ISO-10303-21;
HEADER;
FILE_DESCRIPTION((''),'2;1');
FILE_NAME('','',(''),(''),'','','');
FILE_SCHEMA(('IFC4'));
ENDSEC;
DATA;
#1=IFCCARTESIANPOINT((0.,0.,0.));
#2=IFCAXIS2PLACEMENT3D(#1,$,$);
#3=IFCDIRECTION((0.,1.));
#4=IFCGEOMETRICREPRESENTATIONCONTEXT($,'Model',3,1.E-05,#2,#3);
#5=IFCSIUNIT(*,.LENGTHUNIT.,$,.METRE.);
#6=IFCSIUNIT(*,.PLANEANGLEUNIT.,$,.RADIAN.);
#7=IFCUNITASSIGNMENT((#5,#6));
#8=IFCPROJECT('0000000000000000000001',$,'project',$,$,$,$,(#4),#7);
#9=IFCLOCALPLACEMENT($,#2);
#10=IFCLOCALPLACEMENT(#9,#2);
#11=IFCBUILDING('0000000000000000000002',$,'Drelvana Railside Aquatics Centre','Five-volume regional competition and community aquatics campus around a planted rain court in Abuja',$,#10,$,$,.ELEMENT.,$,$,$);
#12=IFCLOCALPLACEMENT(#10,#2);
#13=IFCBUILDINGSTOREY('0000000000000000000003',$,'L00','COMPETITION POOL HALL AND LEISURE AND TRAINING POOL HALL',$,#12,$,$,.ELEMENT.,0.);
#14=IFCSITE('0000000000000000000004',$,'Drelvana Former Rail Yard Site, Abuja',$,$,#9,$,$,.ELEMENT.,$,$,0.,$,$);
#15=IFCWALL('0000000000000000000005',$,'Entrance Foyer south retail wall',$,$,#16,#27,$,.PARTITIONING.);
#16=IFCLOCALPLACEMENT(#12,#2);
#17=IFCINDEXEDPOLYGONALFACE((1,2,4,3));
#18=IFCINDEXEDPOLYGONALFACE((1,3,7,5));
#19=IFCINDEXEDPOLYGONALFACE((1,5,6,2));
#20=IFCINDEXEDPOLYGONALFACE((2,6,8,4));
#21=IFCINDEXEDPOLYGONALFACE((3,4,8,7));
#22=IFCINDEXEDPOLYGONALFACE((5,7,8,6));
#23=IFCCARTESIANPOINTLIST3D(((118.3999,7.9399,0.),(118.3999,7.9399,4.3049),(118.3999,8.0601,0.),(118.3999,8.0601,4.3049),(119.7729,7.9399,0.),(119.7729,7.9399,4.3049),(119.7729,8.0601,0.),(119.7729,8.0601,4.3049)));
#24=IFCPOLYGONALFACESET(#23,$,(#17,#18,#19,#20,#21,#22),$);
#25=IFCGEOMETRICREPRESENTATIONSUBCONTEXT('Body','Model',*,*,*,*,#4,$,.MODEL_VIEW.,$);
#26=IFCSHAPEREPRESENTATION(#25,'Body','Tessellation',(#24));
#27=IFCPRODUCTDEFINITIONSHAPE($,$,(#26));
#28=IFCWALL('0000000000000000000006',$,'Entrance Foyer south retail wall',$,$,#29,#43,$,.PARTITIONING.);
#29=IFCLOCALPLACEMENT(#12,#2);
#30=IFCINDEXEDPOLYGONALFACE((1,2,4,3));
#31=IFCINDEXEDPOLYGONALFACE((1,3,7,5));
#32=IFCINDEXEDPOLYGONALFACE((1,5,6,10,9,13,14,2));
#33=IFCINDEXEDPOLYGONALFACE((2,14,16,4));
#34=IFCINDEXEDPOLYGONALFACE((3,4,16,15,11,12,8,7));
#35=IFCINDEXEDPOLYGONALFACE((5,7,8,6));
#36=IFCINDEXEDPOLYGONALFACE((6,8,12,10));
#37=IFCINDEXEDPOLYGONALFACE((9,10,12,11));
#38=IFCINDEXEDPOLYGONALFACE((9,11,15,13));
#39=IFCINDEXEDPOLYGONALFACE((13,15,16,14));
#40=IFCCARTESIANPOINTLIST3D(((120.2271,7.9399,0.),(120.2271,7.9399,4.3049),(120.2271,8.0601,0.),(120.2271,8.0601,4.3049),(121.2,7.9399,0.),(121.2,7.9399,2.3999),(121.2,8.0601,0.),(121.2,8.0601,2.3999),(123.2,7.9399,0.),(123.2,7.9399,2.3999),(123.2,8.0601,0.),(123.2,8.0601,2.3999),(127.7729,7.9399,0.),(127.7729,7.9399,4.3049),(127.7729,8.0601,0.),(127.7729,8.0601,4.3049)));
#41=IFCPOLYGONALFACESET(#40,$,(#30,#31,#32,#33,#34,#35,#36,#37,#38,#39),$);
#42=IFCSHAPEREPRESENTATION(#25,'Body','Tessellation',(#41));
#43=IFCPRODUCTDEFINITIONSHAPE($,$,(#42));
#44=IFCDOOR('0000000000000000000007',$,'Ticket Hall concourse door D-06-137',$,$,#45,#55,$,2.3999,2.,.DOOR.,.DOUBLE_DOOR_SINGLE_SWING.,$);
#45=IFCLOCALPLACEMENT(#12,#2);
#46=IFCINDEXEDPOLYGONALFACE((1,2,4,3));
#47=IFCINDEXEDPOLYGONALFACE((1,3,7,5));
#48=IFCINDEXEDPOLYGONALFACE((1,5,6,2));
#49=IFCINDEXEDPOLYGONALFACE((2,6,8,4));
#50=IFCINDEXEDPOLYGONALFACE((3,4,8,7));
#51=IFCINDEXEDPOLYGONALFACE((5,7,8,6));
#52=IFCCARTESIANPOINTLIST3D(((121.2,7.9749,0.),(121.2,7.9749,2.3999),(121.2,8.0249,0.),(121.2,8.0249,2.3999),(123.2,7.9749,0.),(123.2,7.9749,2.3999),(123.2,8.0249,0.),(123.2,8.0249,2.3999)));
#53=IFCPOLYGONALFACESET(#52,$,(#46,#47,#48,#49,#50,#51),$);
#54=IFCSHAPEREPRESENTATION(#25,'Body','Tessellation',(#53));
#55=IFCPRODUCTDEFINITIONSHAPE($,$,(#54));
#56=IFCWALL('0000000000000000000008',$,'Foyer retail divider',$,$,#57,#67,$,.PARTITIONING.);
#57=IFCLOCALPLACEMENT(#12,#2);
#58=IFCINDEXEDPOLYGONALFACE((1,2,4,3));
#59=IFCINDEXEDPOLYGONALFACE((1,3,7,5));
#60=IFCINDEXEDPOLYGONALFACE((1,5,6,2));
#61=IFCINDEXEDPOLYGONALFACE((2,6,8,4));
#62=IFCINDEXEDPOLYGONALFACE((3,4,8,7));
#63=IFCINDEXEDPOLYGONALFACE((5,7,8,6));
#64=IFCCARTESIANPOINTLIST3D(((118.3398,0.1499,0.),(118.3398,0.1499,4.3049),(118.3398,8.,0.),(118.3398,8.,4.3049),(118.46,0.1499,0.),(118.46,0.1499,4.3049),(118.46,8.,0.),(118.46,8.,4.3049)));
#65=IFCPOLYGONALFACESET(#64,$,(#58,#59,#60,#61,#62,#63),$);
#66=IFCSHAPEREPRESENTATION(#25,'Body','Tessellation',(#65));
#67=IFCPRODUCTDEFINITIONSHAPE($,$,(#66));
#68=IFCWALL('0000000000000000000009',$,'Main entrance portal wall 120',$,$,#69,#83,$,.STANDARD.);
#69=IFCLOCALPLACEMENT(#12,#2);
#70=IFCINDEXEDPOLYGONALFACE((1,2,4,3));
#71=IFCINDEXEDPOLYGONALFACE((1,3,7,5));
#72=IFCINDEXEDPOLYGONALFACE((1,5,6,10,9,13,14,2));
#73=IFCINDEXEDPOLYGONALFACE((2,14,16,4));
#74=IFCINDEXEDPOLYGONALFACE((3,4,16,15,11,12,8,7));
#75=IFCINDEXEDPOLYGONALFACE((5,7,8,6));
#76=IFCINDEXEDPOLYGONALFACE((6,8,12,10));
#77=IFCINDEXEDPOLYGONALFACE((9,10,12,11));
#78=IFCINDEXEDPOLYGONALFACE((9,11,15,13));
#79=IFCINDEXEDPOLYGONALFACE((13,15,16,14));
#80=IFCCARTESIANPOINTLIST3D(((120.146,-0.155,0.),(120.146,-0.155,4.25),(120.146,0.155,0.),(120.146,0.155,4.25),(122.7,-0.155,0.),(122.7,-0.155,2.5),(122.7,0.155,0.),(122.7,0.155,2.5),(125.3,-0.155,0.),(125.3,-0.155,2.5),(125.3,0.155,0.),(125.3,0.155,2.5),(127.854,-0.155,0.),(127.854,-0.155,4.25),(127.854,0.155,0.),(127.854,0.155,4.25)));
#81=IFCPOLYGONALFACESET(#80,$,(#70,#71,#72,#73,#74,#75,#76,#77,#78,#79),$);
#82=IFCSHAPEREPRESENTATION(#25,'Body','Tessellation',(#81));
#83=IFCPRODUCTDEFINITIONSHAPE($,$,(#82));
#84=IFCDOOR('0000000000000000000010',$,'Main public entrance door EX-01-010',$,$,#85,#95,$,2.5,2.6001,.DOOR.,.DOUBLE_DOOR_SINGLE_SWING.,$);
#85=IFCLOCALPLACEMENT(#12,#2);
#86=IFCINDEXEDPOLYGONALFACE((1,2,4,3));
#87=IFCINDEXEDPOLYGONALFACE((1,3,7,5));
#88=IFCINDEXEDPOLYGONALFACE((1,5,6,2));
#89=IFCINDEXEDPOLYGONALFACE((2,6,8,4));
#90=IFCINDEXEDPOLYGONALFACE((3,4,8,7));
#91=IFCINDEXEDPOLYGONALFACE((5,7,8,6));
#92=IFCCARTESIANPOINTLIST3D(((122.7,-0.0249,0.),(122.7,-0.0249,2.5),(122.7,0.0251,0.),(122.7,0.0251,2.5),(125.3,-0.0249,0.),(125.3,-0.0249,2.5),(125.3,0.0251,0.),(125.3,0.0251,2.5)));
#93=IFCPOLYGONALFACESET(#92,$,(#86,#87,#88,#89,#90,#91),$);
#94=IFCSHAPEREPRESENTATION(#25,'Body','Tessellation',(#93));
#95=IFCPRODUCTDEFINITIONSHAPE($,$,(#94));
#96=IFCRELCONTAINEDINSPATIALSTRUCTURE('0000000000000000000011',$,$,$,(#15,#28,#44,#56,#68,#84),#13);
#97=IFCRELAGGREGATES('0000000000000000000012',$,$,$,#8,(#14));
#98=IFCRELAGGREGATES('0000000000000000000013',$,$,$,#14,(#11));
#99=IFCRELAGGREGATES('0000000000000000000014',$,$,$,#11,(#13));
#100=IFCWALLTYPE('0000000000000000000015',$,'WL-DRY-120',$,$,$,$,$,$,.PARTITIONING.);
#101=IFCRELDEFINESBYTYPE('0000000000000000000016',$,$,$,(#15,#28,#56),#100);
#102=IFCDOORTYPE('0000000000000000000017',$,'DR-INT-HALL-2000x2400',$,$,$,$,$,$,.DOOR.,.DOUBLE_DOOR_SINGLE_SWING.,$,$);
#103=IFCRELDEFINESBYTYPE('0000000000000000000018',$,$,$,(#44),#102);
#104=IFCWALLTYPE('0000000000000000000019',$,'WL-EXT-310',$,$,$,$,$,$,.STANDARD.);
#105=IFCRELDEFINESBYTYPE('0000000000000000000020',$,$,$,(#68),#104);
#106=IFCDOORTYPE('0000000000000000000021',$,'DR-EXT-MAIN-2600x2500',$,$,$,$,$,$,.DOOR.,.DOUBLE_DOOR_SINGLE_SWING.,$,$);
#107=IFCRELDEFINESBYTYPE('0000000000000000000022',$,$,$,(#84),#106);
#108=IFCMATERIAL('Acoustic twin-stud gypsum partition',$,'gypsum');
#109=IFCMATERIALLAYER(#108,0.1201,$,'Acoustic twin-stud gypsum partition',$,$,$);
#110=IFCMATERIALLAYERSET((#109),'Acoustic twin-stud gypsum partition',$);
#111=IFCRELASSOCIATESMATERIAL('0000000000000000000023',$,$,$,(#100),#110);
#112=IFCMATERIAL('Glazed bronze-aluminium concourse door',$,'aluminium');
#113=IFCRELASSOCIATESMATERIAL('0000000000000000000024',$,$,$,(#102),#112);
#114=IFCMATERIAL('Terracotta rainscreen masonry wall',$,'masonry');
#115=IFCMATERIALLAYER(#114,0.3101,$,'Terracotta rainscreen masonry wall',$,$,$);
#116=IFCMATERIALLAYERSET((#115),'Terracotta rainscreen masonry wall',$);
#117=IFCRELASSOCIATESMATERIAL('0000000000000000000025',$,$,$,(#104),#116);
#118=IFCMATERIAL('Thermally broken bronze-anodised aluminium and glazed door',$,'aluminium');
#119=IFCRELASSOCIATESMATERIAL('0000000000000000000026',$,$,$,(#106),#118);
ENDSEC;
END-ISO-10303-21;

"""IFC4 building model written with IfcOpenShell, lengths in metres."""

from ifc_helpers import new_model, si_unit, direction, frame, frame_2d, origin, place, context, subcontext, project, spatial, rectangle, extrude, material, layer, layer_set, type_object, element, fill, save


model = new_model("IFC4")

# Units and contexts
model_context = context("Model", 3, precision=1e-05, world=origin(), true_north=direction((0.0, 1.0)))
body_context = subcontext(model_context, "Body", "Model", "MODEL_VIEW")
ifc_project = project(units=[si_unit("LENGTHUNIT", "METRE"), si_unit("PLANEANGLEUNIT", "RADIAN")], contexts=[model_context])

# Site, building, storey
site_placement = place(None, origin())
site = spatial("IfcSite", under=ifc_project, at=site_placement, Name="Drelvana Former Rail Yard Site, Abuja", CompositionType="ELEMENT", RefElevation=0.0)
building_placement = place(site_placement, origin())
building = spatial("IfcBuilding", under=site, at=building_placement, Name="Drelvana Railside Aquatics Centre", Description="Five-volume regional competition and community aquatics campus around a planted rain court in Abuja", CompositionType="ELEMENT")
storey_placement = place(building_placement, origin())
storey = spatial("IfcBuildingStorey", under=building, at=storey_placement, Name="L00", Description="COMPETITION POOL HALL AND LEISURE AND TRAINING POOL HALL", CompositionType="ELEMENT", Elevation=0.0)

# Wall
ifc_material_1 = material(Name="Acoustic twin-stud gypsum partition", Category="gypsum")
ifc_layer_1 = layer(ifc_material_1, 0.1201, Name="Acoustic twin-stud gypsum partition")
ifc_layer_set_1 = layer_set([ifc_layer_1], Name="Acoustic twin-stud gypsum partition")
wall_type_1 = type_object("IfcWallType", Name="WL-DRY-120", PredefinedType="PARTITIONING", material=ifc_layer_set_1)
wall_1_placement = place(storey_placement, frame((118.3999, 8.0, 0.0), z_axis=(0.0, 0.0, 1.0), x_axis=(1.0, 0.0, 0.0)))
element("IfcWall", 1, at=wall_1_placement, inside=storey, type_object=wall_type_1, Name="Entrance Foyer south retail wall", PredefinedType="PARTITIONING", context=body_context, shape_type="SweptSolid", body=[
    extrude(rectangle(XDim=1.373, YDim=0.1201, at=frame_2d((0.6865, 0.0))), origin(), (0.0, 0.0, 1.0), 4.3049),
])

# Wall, opening, door
wall_2_placement = place(storey_placement, frame((120.2271, 8.0, 0.0), z_axis=(0.0, 0.0, 1.0), x_axis=(1.0, 0.0, 0.0)))
wall_2 = element("IfcWall", 2, at=wall_2_placement, inside=storey, type_object=wall_type_1, Name="Entrance Foyer south retail wall", PredefinedType="PARTITIONING", context=body_context, shape_type="SweptSolid", body=[
    extrude(rectangle(XDim=7.5459, YDim=0.1201, at=frame_2d((3.7729, 0.0))), origin(), (0.0, 0.0, 1.0), 4.3049),
])
opening_1_placement = place(wall_2_placement, frame((0.9729, 0.0, 0.0)))
opening_1 = element("IfcOpeningElement", 3, at=opening_1_placement, cuts=wall_2, PredefinedType="OPENING", context=body_context, shape_type="SweptSolid", body=[
    extrude(rectangle(XDim=2.0, YDim=2.3999, at=frame_2d((1.0, 1.2))), frame((0.0, 0.0701, 0.0), z_axis=(0.0, -1.0, 0.0), x_axis=(1.0, 0.0, 0.0)), (0.0, 0.0, 1.0), 0.1401),
])
ifc_material_2 = material(Name="Glazed bronze-aluminium concourse door", Category="aluminium")
door_type_1 = type_object("IfcDoorType", Name="DR-INT-HALL-2000x2400", OperationType="DOUBLE_DOOR_SINGLE_SWING", PredefinedType="DOOR", material=ifc_material_2)
door_1_placement = place(opening_1_placement, origin())
door_1 = element("IfcDoor", 4, at=door_1_placement, inside=storey, type_object=door_type_1, Name="Ticket Hall concourse door D-06-137", OperationType="DOUBLE_DOOR_SINGLE_SWING", OverallHeight=2.3999, OverallWidth=2.0, PredefinedType="DOOR", context=body_context, shape_type="SweptSolid", body=[
    extrude(rectangle(XDim=2.0, YDim=2.3999, at=frame_2d((1.0, 1.2))), frame((0.0, 0.0249, 0.0), z_axis=(0.0, -1.0, 0.0), x_axis=(1.0, 0.0, 0.0)), (0.0, 0.0, 1.0), 0.05),
])
fill(opening_1, door_1)

# Wall
wall_3_placement = place(storey_placement, frame((118.3999, 0.1499, 0.0), z_axis=(0.0, 0.0, 1.0), x_axis=(0.0, 1.0, 0.0)))
element("IfcWall", 5, at=wall_3_placement, inside=storey, type_object=wall_type_1, Name="Foyer retail divider", PredefinedType="PARTITIONING", context=body_context, shape_type="SweptSolid", body=[
    extrude(rectangle(XDim=7.8501, YDim=0.1201, at=frame_2d((3.925, 0.0))), origin(), (0.0, 0.0, 1.0), 4.3049),
])

# Wall, opening, door
ifc_material_3 = material(Name="Terracotta rainscreen masonry wall", Category="masonry")
ifc_layer_2 = layer(ifc_material_3, 0.3101, Name="Terracotta rainscreen masonry wall")
ifc_layer_set_2 = layer_set([ifc_layer_2], Name="Terracotta rainscreen masonry wall")
wall_type_2 = type_object("IfcWallType", Name="WL-EXT-310", PredefinedType="STANDARD", material=ifc_layer_set_2)
wall_4_placement = place(storey_placement, frame((120.146, 0.0, 0.0), z_axis=(0.0, 0.0, 1.0), x_axis=(1.0, 0.0, 0.0)))
wall_4 = element("IfcWall", 6, at=wall_4_placement, inside=storey, type_object=wall_type_2, Name="Main entrance portal wall 120", PredefinedType="STANDARD", context=body_context, shape_type="SweptSolid", body=[
    extrude(rectangle(XDim=7.708, YDim=0.3101, at=frame_2d((3.854, 0.0))), origin(), (0.0, 0.0, 1.0), 4.25),
])
opening_2_placement = place(wall_4_placement, frame((2.554, 0.0, 0.0)))
opening_2 = element("IfcOpeningElement", 7, at=opening_2_placement, cuts=wall_4, PredefinedType="OPENING", context=body_context, shape_type="SweptSolid", body=[
    extrude(rectangle(XDim=2.6001, YDim=2.5, at=frame_2d((1.3, 1.25))), frame((0.0, 0.165, 0.0), z_axis=(0.0, -1.0, 0.0), x_axis=(1.0, 0.0, 0.0)), (0.0, 0.0, 1.0), 0.3301),
])
ifc_material_4 = material(Name="Thermally broken bronze-anodised aluminium and glazed door", Category="aluminium")
door_type_2 = type_object("IfcDoorType", Name="DR-EXT-MAIN-2600x2500", OperationType="DOUBLE_DOOR_SINGLE_SWING", PredefinedType="DOOR", material=ifc_material_4)
door_2_placement = place(opening_2_placement, frame((2.6001, 0.0, 0.0), z_axis=(0.0, 0.0, 1.0), x_axis=(-1.0, 0.0, 0.0)))
door_2 = element("IfcDoor", 8, at=door_2_placement, inside=storey, type_object=door_type_2, Name="Main public entrance door EX-01-010", OperationType="DOUBLE_DOOR_SINGLE_SWING", OverallHeight=2.5, OverallWidth=2.6001, PredefinedType="DOOR", context=body_context, shape_type="SweptSolid", body=[
    extrude(rectangle(XDim=2.6001, YDim=2.5, at=frame_2d((1.3, 1.25))), frame((0.0, 0.0249, 0.0), z_axis=(0.0, -1.0, 0.0), x_axis=(1.0, 0.0, 0.0)), (0.0, 0.0, 1.0), 0.05),
])
fill(opening_2, door_2)

save(model, "model.ifc")
